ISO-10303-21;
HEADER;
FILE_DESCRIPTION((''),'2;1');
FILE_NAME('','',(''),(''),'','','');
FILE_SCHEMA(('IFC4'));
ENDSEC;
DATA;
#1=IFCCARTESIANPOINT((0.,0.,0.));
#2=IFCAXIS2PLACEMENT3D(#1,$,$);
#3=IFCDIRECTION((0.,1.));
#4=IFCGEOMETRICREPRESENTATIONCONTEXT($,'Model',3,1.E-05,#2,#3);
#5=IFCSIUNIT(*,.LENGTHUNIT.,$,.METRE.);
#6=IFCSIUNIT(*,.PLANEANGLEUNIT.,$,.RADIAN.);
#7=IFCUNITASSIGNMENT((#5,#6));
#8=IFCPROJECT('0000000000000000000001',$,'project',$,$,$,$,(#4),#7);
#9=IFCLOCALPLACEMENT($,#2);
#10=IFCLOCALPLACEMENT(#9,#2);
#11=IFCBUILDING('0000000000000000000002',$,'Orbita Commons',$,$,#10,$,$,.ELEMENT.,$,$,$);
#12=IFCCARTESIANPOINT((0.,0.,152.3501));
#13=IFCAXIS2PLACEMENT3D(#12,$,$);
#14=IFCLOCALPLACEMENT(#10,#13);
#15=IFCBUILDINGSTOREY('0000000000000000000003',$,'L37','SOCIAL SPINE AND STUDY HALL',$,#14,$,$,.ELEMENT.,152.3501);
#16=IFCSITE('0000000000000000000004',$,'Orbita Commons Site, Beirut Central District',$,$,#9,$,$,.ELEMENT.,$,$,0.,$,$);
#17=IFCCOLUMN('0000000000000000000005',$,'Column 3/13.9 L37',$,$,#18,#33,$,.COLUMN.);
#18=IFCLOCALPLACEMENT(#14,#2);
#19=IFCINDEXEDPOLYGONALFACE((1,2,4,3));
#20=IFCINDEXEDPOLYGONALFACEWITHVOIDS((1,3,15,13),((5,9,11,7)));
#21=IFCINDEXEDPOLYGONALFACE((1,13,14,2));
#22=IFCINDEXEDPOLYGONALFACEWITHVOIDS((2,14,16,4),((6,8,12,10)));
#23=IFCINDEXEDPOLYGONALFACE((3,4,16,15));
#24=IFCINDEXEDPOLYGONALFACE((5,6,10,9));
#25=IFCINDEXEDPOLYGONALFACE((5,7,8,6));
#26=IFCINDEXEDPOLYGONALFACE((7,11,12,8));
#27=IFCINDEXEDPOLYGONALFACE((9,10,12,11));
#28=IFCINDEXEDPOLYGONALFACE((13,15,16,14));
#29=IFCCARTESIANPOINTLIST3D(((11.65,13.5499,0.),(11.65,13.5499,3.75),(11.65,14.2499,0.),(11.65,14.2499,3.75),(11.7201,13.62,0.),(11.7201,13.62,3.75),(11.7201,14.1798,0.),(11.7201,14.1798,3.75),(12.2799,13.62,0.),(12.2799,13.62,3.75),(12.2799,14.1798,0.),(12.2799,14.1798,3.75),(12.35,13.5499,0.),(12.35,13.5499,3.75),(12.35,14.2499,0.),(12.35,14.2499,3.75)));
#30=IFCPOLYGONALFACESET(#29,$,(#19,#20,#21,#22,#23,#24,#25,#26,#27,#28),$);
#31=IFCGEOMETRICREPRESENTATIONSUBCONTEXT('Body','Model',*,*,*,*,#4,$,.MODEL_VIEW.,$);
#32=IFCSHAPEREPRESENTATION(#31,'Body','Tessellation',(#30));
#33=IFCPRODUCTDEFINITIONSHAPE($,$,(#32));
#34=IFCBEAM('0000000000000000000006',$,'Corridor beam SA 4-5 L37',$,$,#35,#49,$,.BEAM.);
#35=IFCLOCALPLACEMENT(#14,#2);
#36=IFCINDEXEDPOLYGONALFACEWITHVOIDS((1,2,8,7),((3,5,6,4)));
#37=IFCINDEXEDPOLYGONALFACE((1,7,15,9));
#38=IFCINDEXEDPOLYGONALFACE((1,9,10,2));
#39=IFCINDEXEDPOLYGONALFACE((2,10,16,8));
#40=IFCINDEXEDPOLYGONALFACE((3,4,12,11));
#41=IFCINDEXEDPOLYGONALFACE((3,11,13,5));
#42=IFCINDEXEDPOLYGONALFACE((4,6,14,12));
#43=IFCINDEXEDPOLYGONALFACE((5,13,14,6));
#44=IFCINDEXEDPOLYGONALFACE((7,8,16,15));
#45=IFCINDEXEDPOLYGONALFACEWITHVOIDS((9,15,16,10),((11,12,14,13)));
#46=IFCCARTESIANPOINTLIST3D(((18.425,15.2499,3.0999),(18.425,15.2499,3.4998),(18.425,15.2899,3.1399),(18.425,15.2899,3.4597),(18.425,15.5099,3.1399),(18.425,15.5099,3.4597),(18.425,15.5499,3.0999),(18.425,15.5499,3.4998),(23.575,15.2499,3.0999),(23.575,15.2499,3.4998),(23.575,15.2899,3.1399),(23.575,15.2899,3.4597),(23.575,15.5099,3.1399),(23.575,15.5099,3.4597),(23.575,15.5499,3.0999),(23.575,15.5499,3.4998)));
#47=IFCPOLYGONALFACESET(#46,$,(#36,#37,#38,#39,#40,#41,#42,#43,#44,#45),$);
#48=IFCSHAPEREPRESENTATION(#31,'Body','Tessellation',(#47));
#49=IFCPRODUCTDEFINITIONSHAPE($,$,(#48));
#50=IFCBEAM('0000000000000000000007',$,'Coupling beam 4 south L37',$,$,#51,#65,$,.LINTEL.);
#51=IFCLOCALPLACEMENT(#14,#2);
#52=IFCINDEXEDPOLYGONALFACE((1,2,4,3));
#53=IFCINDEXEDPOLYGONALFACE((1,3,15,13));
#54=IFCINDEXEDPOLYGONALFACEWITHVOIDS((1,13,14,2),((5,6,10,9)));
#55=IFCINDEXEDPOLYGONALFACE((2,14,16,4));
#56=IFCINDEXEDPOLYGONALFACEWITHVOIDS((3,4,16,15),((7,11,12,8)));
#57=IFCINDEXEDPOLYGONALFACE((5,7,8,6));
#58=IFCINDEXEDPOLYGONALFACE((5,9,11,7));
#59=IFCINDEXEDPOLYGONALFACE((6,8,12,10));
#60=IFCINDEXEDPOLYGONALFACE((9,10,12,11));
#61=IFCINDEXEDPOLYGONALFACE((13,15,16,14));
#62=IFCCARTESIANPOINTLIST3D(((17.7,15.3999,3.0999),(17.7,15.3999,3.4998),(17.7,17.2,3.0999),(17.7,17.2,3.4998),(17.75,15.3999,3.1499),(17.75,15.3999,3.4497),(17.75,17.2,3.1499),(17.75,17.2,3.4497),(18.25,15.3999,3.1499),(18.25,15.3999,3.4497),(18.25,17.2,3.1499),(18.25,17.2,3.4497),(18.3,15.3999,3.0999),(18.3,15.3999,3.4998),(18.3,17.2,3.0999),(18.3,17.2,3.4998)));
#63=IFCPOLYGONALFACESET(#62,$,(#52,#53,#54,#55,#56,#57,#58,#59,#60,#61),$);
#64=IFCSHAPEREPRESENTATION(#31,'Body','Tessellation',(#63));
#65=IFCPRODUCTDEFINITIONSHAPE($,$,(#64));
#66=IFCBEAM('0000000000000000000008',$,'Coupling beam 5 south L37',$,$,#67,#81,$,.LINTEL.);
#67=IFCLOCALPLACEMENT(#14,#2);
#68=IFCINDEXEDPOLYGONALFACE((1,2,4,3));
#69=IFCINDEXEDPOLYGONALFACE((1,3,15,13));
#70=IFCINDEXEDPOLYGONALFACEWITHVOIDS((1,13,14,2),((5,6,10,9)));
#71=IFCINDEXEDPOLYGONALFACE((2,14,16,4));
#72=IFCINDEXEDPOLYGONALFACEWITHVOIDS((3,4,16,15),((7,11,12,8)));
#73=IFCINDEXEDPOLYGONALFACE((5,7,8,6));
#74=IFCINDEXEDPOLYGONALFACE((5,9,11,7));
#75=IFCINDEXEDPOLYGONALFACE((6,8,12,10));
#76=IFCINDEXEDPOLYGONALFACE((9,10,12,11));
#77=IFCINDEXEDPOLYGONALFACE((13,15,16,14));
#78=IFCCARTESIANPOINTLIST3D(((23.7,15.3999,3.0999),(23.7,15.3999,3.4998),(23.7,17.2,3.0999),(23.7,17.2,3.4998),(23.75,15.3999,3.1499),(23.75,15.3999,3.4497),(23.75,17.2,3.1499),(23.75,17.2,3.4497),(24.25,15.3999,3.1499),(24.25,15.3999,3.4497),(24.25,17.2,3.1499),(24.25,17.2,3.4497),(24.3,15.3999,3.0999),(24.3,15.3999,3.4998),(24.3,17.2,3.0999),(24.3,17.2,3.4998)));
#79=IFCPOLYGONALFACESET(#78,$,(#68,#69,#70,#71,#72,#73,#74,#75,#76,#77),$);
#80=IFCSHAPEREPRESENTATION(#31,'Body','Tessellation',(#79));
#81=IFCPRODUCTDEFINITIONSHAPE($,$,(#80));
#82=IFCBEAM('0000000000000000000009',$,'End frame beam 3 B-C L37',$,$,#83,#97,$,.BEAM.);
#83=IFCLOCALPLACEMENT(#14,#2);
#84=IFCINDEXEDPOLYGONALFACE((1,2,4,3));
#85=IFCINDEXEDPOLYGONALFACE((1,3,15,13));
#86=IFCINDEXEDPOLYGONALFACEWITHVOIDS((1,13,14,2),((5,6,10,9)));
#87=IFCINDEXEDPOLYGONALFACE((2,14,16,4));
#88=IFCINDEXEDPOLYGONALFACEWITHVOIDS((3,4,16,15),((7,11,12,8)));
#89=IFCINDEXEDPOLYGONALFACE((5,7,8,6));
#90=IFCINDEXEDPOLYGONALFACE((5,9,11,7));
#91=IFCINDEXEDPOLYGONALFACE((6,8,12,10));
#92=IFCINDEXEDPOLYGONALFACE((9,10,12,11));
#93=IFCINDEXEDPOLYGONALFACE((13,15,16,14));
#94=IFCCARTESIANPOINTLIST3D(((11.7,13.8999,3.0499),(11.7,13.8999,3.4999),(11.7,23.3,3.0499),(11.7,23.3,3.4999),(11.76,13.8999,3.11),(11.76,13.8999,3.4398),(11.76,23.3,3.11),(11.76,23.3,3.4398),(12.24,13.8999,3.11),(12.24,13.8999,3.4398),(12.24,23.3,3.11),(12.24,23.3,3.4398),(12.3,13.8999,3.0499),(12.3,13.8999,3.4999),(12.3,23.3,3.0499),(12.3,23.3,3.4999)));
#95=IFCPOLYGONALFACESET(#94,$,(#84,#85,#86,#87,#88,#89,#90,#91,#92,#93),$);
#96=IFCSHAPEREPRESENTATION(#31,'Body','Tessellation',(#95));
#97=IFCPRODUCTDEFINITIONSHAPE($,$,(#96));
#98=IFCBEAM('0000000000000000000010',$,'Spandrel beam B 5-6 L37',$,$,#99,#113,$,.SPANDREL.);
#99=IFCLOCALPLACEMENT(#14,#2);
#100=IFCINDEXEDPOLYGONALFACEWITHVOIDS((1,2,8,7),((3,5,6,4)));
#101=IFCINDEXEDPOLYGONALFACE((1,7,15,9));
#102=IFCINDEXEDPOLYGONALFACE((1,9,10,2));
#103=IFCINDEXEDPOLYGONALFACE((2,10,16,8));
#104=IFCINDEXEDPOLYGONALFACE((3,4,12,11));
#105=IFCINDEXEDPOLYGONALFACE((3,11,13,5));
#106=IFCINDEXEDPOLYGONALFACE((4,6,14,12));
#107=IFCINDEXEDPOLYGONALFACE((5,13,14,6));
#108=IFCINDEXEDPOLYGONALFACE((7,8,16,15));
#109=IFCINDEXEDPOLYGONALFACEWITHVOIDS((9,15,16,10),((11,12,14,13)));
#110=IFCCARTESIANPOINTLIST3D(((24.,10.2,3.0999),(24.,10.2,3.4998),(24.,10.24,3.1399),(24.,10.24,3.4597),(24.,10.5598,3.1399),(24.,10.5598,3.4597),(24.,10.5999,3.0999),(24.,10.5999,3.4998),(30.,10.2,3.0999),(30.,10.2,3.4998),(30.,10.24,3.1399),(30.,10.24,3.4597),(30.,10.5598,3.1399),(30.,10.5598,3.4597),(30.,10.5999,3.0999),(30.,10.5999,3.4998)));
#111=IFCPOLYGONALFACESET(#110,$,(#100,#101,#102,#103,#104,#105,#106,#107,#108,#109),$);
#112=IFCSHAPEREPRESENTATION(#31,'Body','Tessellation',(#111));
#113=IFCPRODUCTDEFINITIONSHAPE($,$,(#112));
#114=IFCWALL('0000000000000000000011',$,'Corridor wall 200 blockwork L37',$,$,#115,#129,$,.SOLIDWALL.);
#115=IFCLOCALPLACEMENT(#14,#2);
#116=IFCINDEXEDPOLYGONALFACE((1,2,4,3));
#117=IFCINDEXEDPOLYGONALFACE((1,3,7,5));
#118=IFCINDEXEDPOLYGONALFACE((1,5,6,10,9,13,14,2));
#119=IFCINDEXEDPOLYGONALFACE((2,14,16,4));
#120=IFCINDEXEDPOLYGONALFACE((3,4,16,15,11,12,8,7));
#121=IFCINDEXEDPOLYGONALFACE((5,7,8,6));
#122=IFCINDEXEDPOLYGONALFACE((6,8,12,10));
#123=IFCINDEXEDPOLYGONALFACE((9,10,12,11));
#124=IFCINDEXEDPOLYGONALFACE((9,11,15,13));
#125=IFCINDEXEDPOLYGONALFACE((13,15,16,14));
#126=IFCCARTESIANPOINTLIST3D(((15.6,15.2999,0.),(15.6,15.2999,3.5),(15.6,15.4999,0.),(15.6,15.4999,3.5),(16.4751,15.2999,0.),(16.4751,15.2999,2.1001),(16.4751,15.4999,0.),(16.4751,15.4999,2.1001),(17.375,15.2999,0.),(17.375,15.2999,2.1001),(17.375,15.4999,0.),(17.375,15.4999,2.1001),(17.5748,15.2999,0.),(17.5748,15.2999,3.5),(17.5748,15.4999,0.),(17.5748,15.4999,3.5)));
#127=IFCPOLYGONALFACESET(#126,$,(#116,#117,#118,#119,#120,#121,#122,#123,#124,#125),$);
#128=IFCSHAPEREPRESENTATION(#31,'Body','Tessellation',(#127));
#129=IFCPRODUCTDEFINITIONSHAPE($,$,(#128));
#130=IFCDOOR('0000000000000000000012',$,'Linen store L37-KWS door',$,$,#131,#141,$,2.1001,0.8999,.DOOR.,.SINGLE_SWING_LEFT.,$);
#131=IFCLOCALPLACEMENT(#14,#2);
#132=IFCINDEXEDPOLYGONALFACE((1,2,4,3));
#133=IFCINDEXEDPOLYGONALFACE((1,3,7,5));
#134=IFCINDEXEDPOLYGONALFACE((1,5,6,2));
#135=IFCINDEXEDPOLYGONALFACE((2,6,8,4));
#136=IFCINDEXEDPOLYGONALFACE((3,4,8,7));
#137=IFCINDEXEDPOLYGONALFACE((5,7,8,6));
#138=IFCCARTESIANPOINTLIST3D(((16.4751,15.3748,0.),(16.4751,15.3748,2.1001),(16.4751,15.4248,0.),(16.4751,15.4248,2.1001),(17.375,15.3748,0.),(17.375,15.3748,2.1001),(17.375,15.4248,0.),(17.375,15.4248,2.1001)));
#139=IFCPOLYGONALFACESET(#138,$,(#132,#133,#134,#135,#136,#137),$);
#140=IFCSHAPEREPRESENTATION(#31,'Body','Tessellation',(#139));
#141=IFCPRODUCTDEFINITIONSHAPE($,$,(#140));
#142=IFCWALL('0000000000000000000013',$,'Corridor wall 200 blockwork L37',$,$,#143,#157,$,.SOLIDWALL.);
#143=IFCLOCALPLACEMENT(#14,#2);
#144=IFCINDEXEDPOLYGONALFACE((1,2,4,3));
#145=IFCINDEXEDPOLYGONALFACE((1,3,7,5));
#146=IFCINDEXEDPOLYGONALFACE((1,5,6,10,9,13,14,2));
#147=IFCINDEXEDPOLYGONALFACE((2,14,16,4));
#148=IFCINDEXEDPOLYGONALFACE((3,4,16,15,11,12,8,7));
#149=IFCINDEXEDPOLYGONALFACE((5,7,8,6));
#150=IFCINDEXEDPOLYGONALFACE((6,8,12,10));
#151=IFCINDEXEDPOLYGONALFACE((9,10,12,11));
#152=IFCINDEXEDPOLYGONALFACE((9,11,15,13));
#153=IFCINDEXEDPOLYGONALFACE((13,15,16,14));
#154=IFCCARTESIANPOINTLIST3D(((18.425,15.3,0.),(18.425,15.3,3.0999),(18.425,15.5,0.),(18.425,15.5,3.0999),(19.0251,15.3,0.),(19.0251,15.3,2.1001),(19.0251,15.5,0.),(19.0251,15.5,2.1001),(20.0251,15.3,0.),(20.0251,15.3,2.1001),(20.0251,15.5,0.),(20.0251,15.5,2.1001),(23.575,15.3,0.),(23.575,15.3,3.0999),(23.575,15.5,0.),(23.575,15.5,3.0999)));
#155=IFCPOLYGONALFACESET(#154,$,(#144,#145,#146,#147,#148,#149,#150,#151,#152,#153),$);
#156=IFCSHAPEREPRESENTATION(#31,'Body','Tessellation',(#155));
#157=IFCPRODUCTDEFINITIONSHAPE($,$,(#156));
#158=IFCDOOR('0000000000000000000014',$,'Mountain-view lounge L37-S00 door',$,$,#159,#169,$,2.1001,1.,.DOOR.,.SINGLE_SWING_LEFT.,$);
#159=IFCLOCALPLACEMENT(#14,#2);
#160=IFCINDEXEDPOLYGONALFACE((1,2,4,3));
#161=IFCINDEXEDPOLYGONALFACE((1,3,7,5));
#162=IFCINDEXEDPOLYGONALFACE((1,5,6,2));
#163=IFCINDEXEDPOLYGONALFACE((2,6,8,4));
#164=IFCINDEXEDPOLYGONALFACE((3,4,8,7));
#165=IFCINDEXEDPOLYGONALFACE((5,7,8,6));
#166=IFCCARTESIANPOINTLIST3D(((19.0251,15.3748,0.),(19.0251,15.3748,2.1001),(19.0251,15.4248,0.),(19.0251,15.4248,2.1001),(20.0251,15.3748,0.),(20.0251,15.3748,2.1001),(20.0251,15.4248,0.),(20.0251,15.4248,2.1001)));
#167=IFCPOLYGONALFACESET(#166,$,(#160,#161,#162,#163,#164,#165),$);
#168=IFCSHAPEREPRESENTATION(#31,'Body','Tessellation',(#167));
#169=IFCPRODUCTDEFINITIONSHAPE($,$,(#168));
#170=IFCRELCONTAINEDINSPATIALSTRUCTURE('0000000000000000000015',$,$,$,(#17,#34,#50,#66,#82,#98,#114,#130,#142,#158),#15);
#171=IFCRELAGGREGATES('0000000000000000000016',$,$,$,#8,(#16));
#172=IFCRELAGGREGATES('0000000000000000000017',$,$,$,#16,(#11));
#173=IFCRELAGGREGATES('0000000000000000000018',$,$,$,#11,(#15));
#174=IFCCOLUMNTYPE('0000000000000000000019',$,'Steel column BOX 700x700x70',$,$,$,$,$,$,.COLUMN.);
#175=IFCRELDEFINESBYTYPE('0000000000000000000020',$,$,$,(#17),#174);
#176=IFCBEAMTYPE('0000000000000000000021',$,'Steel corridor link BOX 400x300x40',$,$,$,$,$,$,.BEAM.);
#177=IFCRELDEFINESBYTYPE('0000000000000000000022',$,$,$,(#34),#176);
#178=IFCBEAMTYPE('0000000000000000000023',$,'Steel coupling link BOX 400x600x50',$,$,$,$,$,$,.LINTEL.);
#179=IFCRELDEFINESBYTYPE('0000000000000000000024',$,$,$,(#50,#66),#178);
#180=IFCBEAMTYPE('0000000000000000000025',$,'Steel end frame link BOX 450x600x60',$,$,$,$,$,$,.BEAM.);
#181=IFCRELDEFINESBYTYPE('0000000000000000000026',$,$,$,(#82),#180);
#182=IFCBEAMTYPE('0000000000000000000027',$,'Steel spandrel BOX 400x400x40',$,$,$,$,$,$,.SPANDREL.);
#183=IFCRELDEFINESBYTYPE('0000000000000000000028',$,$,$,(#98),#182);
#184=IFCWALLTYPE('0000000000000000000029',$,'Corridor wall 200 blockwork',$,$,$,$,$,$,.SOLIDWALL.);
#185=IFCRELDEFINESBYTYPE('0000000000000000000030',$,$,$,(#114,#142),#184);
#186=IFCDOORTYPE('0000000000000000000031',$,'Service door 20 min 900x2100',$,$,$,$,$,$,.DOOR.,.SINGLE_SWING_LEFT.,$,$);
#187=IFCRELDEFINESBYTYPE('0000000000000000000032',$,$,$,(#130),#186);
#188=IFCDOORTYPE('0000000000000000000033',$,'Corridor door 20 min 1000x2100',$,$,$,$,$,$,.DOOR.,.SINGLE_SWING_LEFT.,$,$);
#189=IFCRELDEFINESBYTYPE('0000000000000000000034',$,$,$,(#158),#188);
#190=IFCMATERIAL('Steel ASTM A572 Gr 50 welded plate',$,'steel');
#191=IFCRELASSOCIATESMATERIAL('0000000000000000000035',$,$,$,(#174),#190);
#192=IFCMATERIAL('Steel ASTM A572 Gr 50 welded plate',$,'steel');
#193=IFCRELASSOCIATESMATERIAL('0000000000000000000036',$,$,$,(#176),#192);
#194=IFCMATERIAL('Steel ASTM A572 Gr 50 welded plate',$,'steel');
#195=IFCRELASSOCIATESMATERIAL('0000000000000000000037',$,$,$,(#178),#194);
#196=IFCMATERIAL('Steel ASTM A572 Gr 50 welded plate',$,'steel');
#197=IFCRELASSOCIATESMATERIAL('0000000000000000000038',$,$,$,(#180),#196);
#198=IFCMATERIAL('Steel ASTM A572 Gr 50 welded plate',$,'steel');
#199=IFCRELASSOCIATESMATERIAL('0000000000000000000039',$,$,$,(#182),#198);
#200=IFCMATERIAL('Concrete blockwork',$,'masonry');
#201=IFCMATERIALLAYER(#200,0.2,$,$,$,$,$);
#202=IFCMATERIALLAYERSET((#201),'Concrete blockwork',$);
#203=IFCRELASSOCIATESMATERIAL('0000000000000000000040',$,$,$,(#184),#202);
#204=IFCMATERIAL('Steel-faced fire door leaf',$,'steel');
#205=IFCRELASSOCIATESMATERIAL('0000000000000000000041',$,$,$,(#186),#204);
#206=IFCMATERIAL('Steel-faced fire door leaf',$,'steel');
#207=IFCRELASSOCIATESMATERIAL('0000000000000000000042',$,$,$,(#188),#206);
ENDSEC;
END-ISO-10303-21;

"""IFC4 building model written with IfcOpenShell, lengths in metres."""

from ifc_helpers import new_model, si_unit, direction, frame, frame_2d, origin, origin_2d, place, context, subcontext, project, spatial, polyline, rectangle, hollow_rectangle, outline, extrude, material, layer, layer_set, material_profile, profile_set, type_object, element, fill, save


model = new_model("IFC4")

# Units and contexts
model_context = context("Model", 3, precision=1e-05, world=origin(), true_north=direction((0.0, 1.0)))
body_context = subcontext(model_context, "Body", "Model", "MODEL_VIEW")
ifc_project = project(units=[si_unit("LENGTHUNIT", "METRE"), si_unit("PLANEANGLEUNIT", "RADIAN")], contexts=[model_context])

# Site, building, storey
site_placement = place(None, origin())
site = spatial("IfcSite", under=ifc_project, at=site_placement, Name="Orbita Commons Site, Beirut Central District", CompositionType="ELEMENT", RefElevation=0.0)
building_placement = place(site_placement, origin())
building = spatial("IfcBuilding", under=site, at=building_placement, Name="Orbita Commons", CompositionType="ELEMENT")
storey_placement = place(building_placement, frame((0.0, 0.0, 152.3501)))
storey = spatial("IfcBuildingStorey", under=building, at=storey_placement, Name="L37", Description="SOCIAL SPINE AND STUDY HALL", CompositionType="ELEMENT", Elevation=152.3501)

# Column
ifc_material_1 = material(Name="Steel ASTM A572 Gr 50 welded plate", Category="steel")
ifc_material_profile_1 = material_profile(ifc_material_1, hollow_rectangle(XDim=0.7, YDim=0.7, WallThickness=0.0701, at=origin_2d()), Name="BOX 700x700x70")
ifc_profile_set_1 = profile_set([ifc_material_profile_1], Name="Steel ASTM A572 Gr 50 welded plate")
column_type = type_object("IfcColumnType", Name="Steel column BOX 700x700x70", PredefinedType="COLUMN", material=ifc_profile_set_1)
column_placement = place(storey_placement, frame((12.0, 13.8999, 0.0), z_axis=(0.0, 0.0, 1.0), x_axis=(1.0, 0.0, 0.0)))
element("IfcColumn", 1, at=column_placement, inside=storey, type_object=column_type, Name="Column 3/13.9 L37", PredefinedType="COLUMN", context=body_context, shape_type="SweptSolid", body=[
    extrude(hollow_rectangle(XDim=0.7, YDim=0.7, WallThickness=0.0701, at=origin_2d()), origin(), (0.0, 0.0, 1.0), 3.75),
])

# Beams
ifc_material_2 = material(Name="Steel ASTM A572 Gr 50 welded plate", Category="steel")
ifc_material_profile_2 = material_profile(ifc_material_2, hollow_rectangle(XDim=0.3, YDim=0.3999, WallThickness=0.04, at=origin_2d()), Name="BOX 400x300x40")
ifc_profile_set_2 = profile_set([ifc_material_profile_2], Name="Steel ASTM A572 Gr 50 welded plate")
beam_type_1 = type_object("IfcBeamType", Name="Steel corridor link BOX 400x300x40", PredefinedType="BEAM", material=ifc_profile_set_2)
beam_1_placement = place(storey_placement, frame((18.425, 15.3999, 3.2998), z_axis=(1.0, 0.0, 0.0), x_axis=(0.0, 1.0, 0.0)))
element("IfcBeam", 2, at=beam_1_placement, inside=storey, type_object=beam_type_1, Name="Corridor beam SA 4-5 L37", PredefinedType="BEAM", context=body_context, shape_type="SweptSolid", body=[
    extrude(hollow_rectangle(XDim=0.3, YDim=0.3999, WallThickness=0.04, at=origin_2d()), origin(), (0.0, 0.0, 1.0), 5.1499),
])
ifc_material_3 = material(Name="Steel ASTM A572 Gr 50 welded plate", Category="steel")
ifc_material_profile_3 = material_profile(ifc_material_3, hollow_rectangle(XDim=0.6001, YDim=0.3999, WallThickness=0.05, at=origin_2d()), Name="BOX 400x600x50")
ifc_profile_set_3 = profile_set([ifc_material_profile_3], Name="Steel ASTM A572 Gr 50 welded plate")
beam_type_2 = type_object("IfcBeamType", Name="Steel coupling link BOX 400x600x50", PredefinedType="LINTEL", material=ifc_profile_set_3)
for number, where, z_axis, x_axis, name in (
    (3, (18.0, 15.3999, 3.2998), (0.0, 1.0, 0.0), (-1.0, 0.0, 0.0), "Coupling beam 4 south L37"),
    (4, (24.0, 15.3999, 3.2998), (0.0, 1.0, 0.0), (-1.0, 0.0, 0.0), "Coupling beam 5 south L37"),
):
    element("IfcBeam", number, at=place(storey_placement, frame(where, z_axis=z_axis, x_axis=x_axis)), inside=storey, type_object=beam_type_2, Name=name, PredefinedType="LINTEL", context=body_context, shape_type="SweptSolid", body=[
        extrude(hollow_rectangle(XDim=0.6001, YDim=0.3999, WallThickness=0.05, at=origin_2d()), origin(), (0.0, 0.0, 1.0), 1.8),
    ])
ifc_material_4 = material(Name="Steel ASTM A572 Gr 50 welded plate", Category="steel")
ifc_material_profile_4 = material_profile(ifc_material_4, hollow_rectangle(XDim=0.6001, YDim=0.45, WallThickness=0.0601, at=origin_2d()), Name="BOX 450x600x60")
ifc_profile_set_4 = profile_set([ifc_material_profile_4], Name="Steel ASTM A572 Gr 50 welded plate")
beam_type_3 = type_object("IfcBeamType", Name="Steel end frame link BOX 450x600x60", PredefinedType="BEAM", material=ifc_profile_set_4)
beam_2_placement = place(storey_placement, frame((12.0, 13.8999, 3.2749), z_axis=(0.0, 1.0, 0.0), x_axis=(-1.0, 0.0, 0.0)))
element("IfcBeam", 5, at=beam_2_placement, inside=storey, type_object=beam_type_3, Name="End frame beam 3 B-C L37", PredefinedType="BEAM", context=body_context, shape_type="SweptSolid", body=[
    extrude(hollow_rectangle(XDim=0.6001, YDim=0.45, WallThickness=0.0601, at=origin_2d()), origin(), (0.0, 0.0, 1.0), 9.4001),
])
ifc_material_5 = material(Name="Steel ASTM A572 Gr 50 welded plate", Category="steel")
ifc_material_profile_5 = material_profile(ifc_material_5, hollow_rectangle(XDim=0.3999, YDim=0.3999, WallThickness=0.04, at=origin_2d()), Name="BOX 400x400x40")
ifc_profile_set_5 = profile_set([ifc_material_profile_5], Name="Steel ASTM A572 Gr 50 welded plate")
beam_type_4 = type_object("IfcBeamType", Name="Steel spandrel BOX 400x400x40", PredefinedType="SPANDREL", material=ifc_profile_set_5)
beam_3_placement = place(storey_placement, frame((24.0, 10.3999, 3.2998), z_axis=(1.0, 0.0, 0.0), x_axis=(0.0, 1.0, 0.0)))
element("IfcBeam", 6, at=beam_3_placement, inside=storey, type_object=beam_type_4, Name="Spandrel beam B 5-6 L37", PredefinedType="SPANDREL", context=body_context, shape_type="SweptSolid", body=[
    extrude(hollow_rectangle(XDim=0.3999, YDim=0.3999, WallThickness=0.04, at=origin_2d()), origin(), (0.0, 0.0, 1.0), 6.0),
])

# Walls, openings, doors
ifc_material_6 = material(Name="Concrete blockwork", Category="masonry")
ifc_layer_1 = layer(ifc_material_6, 0.2)
ifc_layer_set_1 = layer_set([ifc_layer_1], Name="Concrete blockwork")
wall_type_1 = type_object("IfcWallType", Name="Corridor wall 200 blockwork", PredefinedType="SOLIDWALL", material=ifc_layer_set_1)
wall_1_placement = place(storey_placement, frame((15.6001, 15.3999, 0.0), z_axis=(0.0, 0.0, 1.0), x_axis=(1.0, 0.0, 0.0)))
wall_1 = element("IfcWall", 7, at=wall_1_placement, inside=storey, type_object=wall_type_1, Name="Corridor wall 200 blockwork L37", PredefinedType="SOLIDWALL", context=body_context, shape_type="SweptSolid", body=[
    extrude(rectangle(XDim=1.9749, YDim=0.2, at=frame_2d((0.9873, 0.0))), origin(), (0.0, 0.0, 1.0), 3.5),
])
opening_1_placement = place(wall_1_placement, frame((0.875, 0.0, 0.0)))
opening_1 = element("IfcOpeningElement", 8, at=opening_1_placement, cuts=wall_1, PredefinedType="OPENING", context=body_context, shape_type="SweptSolid", body=[
    extrude(rectangle(XDim=0.8999, YDim=2.1001, at=frame_2d((0.45, 1.05))), frame((0.0, 0.1099, 0.0), z_axis=(0.0, -1.0, 0.0), x_axis=(1.0, 0.0, 0.0)), (0.0, 0.0, 1.0), 0.22),
])
ifc_material_7 = material(Name="Steel-faced fire door leaf", Category="steel")
door_type_1 = type_object("IfcDoorType", Name="Service door 20 min 900x2100", OperationType="SINGLE_SWING_LEFT", PredefinedType="DOOR", material=ifc_material_7)
door_1_placement = place(opening_1_placement, origin())
door_1 = element("IfcDoor", 9, at=door_1_placement, inside=storey, type_object=door_type_1, Name="Linen store L37-KWS door", OperationType="SINGLE_SWING_LEFT", OverallHeight=2.1001, OverallWidth=0.8999, PredefinedType="DOOR", context=body_context, shape_type="SweptSolid", body=[
    extrude(rectangle(XDim=0.8999, YDim=2.1001, at=frame_2d((0.45, 1.05))), frame((0.0, 0.0249, 0.0), z_axis=(0.0, -1.0, 0.0), x_axis=(1.0, 0.0, 0.0)), (0.0, 0.0, 1.0), 0.05),
])
fill(opening_1, door_1)
wall_2_placement = place(storey_placement, frame((18.425, 15.3999, 0.0), z_axis=(0.0, 0.0, 1.0), x_axis=(1.0, 0.0, 0.0)))
wall_2 = element("IfcWall", 10, at=wall_2_placement, inside=storey, type_object=wall_type_1, Name="Corridor wall 200 blockwork L37", PredefinedType="SOLIDWALL", context=body_context, shape_type="SweptSolid", body=[
    extrude(outline(polyline([(0.0, 0.0), (5.1499, 0.0), (5.1499, 3.0999), (0.0, 3.0999), (0.0, 0.0)])), frame((0.0, 0.1001, 0.0), z_axis=(0.0, -1.0, 0.0), x_axis=(1.0, 0.0, 0.0)), (0.0, 0.0, 1.0), 0.2),
])
opening_2_placement = place(wall_2_placement, frame((0.6001, 0.0, 0.0)))
opening_2 = element("IfcOpeningElement", 11, at=opening_2_placement, cuts=wall_2, PredefinedType="OPENING", context=body_context, shape_type="SweptSolid", body=[
    extrude(rectangle(XDim=1.0, YDim=2.1001, at=frame_2d((0.5, 1.05))), frame((0.0, 0.1099, 0.0), z_axis=(0.0, -1.0, 0.0), x_axis=(1.0, 0.0, 0.0)), (0.0, 0.0, 1.0), 0.22),
])
ifc_material_8 = material(Name="Steel-faced fire door leaf", Category="steel")
door_type_2 = type_object("IfcDoorType", Name="Corridor door 20 min 1000x2100", OperationType="SINGLE_SWING_LEFT", PredefinedType="DOOR", material=ifc_material_8)
door_2_placement = place(opening_2_placement, origin())
door_2 = element("IfcDoor", 12, at=door_2_placement, inside=storey, type_object=door_type_2, Name="Mountain-view lounge L37-S00 door", OperationType="SINGLE_SWING_LEFT", OverallHeight=2.1001, OverallWidth=1.0, PredefinedType="DOOR", context=body_context, shape_type="SweptSolid", body=[
    extrude(rectangle(XDim=1.0, YDim=2.1001, at=frame_2d((0.5, 1.05))), frame((0.0, 0.0249, 0.0), z_axis=(0.0, -1.0, 0.0), x_axis=(1.0, 0.0, 0.0)), (0.0, 0.0, 1.0), 0.05),
])
fill(opening_2, door_2)

save(model, "model.ifc")
